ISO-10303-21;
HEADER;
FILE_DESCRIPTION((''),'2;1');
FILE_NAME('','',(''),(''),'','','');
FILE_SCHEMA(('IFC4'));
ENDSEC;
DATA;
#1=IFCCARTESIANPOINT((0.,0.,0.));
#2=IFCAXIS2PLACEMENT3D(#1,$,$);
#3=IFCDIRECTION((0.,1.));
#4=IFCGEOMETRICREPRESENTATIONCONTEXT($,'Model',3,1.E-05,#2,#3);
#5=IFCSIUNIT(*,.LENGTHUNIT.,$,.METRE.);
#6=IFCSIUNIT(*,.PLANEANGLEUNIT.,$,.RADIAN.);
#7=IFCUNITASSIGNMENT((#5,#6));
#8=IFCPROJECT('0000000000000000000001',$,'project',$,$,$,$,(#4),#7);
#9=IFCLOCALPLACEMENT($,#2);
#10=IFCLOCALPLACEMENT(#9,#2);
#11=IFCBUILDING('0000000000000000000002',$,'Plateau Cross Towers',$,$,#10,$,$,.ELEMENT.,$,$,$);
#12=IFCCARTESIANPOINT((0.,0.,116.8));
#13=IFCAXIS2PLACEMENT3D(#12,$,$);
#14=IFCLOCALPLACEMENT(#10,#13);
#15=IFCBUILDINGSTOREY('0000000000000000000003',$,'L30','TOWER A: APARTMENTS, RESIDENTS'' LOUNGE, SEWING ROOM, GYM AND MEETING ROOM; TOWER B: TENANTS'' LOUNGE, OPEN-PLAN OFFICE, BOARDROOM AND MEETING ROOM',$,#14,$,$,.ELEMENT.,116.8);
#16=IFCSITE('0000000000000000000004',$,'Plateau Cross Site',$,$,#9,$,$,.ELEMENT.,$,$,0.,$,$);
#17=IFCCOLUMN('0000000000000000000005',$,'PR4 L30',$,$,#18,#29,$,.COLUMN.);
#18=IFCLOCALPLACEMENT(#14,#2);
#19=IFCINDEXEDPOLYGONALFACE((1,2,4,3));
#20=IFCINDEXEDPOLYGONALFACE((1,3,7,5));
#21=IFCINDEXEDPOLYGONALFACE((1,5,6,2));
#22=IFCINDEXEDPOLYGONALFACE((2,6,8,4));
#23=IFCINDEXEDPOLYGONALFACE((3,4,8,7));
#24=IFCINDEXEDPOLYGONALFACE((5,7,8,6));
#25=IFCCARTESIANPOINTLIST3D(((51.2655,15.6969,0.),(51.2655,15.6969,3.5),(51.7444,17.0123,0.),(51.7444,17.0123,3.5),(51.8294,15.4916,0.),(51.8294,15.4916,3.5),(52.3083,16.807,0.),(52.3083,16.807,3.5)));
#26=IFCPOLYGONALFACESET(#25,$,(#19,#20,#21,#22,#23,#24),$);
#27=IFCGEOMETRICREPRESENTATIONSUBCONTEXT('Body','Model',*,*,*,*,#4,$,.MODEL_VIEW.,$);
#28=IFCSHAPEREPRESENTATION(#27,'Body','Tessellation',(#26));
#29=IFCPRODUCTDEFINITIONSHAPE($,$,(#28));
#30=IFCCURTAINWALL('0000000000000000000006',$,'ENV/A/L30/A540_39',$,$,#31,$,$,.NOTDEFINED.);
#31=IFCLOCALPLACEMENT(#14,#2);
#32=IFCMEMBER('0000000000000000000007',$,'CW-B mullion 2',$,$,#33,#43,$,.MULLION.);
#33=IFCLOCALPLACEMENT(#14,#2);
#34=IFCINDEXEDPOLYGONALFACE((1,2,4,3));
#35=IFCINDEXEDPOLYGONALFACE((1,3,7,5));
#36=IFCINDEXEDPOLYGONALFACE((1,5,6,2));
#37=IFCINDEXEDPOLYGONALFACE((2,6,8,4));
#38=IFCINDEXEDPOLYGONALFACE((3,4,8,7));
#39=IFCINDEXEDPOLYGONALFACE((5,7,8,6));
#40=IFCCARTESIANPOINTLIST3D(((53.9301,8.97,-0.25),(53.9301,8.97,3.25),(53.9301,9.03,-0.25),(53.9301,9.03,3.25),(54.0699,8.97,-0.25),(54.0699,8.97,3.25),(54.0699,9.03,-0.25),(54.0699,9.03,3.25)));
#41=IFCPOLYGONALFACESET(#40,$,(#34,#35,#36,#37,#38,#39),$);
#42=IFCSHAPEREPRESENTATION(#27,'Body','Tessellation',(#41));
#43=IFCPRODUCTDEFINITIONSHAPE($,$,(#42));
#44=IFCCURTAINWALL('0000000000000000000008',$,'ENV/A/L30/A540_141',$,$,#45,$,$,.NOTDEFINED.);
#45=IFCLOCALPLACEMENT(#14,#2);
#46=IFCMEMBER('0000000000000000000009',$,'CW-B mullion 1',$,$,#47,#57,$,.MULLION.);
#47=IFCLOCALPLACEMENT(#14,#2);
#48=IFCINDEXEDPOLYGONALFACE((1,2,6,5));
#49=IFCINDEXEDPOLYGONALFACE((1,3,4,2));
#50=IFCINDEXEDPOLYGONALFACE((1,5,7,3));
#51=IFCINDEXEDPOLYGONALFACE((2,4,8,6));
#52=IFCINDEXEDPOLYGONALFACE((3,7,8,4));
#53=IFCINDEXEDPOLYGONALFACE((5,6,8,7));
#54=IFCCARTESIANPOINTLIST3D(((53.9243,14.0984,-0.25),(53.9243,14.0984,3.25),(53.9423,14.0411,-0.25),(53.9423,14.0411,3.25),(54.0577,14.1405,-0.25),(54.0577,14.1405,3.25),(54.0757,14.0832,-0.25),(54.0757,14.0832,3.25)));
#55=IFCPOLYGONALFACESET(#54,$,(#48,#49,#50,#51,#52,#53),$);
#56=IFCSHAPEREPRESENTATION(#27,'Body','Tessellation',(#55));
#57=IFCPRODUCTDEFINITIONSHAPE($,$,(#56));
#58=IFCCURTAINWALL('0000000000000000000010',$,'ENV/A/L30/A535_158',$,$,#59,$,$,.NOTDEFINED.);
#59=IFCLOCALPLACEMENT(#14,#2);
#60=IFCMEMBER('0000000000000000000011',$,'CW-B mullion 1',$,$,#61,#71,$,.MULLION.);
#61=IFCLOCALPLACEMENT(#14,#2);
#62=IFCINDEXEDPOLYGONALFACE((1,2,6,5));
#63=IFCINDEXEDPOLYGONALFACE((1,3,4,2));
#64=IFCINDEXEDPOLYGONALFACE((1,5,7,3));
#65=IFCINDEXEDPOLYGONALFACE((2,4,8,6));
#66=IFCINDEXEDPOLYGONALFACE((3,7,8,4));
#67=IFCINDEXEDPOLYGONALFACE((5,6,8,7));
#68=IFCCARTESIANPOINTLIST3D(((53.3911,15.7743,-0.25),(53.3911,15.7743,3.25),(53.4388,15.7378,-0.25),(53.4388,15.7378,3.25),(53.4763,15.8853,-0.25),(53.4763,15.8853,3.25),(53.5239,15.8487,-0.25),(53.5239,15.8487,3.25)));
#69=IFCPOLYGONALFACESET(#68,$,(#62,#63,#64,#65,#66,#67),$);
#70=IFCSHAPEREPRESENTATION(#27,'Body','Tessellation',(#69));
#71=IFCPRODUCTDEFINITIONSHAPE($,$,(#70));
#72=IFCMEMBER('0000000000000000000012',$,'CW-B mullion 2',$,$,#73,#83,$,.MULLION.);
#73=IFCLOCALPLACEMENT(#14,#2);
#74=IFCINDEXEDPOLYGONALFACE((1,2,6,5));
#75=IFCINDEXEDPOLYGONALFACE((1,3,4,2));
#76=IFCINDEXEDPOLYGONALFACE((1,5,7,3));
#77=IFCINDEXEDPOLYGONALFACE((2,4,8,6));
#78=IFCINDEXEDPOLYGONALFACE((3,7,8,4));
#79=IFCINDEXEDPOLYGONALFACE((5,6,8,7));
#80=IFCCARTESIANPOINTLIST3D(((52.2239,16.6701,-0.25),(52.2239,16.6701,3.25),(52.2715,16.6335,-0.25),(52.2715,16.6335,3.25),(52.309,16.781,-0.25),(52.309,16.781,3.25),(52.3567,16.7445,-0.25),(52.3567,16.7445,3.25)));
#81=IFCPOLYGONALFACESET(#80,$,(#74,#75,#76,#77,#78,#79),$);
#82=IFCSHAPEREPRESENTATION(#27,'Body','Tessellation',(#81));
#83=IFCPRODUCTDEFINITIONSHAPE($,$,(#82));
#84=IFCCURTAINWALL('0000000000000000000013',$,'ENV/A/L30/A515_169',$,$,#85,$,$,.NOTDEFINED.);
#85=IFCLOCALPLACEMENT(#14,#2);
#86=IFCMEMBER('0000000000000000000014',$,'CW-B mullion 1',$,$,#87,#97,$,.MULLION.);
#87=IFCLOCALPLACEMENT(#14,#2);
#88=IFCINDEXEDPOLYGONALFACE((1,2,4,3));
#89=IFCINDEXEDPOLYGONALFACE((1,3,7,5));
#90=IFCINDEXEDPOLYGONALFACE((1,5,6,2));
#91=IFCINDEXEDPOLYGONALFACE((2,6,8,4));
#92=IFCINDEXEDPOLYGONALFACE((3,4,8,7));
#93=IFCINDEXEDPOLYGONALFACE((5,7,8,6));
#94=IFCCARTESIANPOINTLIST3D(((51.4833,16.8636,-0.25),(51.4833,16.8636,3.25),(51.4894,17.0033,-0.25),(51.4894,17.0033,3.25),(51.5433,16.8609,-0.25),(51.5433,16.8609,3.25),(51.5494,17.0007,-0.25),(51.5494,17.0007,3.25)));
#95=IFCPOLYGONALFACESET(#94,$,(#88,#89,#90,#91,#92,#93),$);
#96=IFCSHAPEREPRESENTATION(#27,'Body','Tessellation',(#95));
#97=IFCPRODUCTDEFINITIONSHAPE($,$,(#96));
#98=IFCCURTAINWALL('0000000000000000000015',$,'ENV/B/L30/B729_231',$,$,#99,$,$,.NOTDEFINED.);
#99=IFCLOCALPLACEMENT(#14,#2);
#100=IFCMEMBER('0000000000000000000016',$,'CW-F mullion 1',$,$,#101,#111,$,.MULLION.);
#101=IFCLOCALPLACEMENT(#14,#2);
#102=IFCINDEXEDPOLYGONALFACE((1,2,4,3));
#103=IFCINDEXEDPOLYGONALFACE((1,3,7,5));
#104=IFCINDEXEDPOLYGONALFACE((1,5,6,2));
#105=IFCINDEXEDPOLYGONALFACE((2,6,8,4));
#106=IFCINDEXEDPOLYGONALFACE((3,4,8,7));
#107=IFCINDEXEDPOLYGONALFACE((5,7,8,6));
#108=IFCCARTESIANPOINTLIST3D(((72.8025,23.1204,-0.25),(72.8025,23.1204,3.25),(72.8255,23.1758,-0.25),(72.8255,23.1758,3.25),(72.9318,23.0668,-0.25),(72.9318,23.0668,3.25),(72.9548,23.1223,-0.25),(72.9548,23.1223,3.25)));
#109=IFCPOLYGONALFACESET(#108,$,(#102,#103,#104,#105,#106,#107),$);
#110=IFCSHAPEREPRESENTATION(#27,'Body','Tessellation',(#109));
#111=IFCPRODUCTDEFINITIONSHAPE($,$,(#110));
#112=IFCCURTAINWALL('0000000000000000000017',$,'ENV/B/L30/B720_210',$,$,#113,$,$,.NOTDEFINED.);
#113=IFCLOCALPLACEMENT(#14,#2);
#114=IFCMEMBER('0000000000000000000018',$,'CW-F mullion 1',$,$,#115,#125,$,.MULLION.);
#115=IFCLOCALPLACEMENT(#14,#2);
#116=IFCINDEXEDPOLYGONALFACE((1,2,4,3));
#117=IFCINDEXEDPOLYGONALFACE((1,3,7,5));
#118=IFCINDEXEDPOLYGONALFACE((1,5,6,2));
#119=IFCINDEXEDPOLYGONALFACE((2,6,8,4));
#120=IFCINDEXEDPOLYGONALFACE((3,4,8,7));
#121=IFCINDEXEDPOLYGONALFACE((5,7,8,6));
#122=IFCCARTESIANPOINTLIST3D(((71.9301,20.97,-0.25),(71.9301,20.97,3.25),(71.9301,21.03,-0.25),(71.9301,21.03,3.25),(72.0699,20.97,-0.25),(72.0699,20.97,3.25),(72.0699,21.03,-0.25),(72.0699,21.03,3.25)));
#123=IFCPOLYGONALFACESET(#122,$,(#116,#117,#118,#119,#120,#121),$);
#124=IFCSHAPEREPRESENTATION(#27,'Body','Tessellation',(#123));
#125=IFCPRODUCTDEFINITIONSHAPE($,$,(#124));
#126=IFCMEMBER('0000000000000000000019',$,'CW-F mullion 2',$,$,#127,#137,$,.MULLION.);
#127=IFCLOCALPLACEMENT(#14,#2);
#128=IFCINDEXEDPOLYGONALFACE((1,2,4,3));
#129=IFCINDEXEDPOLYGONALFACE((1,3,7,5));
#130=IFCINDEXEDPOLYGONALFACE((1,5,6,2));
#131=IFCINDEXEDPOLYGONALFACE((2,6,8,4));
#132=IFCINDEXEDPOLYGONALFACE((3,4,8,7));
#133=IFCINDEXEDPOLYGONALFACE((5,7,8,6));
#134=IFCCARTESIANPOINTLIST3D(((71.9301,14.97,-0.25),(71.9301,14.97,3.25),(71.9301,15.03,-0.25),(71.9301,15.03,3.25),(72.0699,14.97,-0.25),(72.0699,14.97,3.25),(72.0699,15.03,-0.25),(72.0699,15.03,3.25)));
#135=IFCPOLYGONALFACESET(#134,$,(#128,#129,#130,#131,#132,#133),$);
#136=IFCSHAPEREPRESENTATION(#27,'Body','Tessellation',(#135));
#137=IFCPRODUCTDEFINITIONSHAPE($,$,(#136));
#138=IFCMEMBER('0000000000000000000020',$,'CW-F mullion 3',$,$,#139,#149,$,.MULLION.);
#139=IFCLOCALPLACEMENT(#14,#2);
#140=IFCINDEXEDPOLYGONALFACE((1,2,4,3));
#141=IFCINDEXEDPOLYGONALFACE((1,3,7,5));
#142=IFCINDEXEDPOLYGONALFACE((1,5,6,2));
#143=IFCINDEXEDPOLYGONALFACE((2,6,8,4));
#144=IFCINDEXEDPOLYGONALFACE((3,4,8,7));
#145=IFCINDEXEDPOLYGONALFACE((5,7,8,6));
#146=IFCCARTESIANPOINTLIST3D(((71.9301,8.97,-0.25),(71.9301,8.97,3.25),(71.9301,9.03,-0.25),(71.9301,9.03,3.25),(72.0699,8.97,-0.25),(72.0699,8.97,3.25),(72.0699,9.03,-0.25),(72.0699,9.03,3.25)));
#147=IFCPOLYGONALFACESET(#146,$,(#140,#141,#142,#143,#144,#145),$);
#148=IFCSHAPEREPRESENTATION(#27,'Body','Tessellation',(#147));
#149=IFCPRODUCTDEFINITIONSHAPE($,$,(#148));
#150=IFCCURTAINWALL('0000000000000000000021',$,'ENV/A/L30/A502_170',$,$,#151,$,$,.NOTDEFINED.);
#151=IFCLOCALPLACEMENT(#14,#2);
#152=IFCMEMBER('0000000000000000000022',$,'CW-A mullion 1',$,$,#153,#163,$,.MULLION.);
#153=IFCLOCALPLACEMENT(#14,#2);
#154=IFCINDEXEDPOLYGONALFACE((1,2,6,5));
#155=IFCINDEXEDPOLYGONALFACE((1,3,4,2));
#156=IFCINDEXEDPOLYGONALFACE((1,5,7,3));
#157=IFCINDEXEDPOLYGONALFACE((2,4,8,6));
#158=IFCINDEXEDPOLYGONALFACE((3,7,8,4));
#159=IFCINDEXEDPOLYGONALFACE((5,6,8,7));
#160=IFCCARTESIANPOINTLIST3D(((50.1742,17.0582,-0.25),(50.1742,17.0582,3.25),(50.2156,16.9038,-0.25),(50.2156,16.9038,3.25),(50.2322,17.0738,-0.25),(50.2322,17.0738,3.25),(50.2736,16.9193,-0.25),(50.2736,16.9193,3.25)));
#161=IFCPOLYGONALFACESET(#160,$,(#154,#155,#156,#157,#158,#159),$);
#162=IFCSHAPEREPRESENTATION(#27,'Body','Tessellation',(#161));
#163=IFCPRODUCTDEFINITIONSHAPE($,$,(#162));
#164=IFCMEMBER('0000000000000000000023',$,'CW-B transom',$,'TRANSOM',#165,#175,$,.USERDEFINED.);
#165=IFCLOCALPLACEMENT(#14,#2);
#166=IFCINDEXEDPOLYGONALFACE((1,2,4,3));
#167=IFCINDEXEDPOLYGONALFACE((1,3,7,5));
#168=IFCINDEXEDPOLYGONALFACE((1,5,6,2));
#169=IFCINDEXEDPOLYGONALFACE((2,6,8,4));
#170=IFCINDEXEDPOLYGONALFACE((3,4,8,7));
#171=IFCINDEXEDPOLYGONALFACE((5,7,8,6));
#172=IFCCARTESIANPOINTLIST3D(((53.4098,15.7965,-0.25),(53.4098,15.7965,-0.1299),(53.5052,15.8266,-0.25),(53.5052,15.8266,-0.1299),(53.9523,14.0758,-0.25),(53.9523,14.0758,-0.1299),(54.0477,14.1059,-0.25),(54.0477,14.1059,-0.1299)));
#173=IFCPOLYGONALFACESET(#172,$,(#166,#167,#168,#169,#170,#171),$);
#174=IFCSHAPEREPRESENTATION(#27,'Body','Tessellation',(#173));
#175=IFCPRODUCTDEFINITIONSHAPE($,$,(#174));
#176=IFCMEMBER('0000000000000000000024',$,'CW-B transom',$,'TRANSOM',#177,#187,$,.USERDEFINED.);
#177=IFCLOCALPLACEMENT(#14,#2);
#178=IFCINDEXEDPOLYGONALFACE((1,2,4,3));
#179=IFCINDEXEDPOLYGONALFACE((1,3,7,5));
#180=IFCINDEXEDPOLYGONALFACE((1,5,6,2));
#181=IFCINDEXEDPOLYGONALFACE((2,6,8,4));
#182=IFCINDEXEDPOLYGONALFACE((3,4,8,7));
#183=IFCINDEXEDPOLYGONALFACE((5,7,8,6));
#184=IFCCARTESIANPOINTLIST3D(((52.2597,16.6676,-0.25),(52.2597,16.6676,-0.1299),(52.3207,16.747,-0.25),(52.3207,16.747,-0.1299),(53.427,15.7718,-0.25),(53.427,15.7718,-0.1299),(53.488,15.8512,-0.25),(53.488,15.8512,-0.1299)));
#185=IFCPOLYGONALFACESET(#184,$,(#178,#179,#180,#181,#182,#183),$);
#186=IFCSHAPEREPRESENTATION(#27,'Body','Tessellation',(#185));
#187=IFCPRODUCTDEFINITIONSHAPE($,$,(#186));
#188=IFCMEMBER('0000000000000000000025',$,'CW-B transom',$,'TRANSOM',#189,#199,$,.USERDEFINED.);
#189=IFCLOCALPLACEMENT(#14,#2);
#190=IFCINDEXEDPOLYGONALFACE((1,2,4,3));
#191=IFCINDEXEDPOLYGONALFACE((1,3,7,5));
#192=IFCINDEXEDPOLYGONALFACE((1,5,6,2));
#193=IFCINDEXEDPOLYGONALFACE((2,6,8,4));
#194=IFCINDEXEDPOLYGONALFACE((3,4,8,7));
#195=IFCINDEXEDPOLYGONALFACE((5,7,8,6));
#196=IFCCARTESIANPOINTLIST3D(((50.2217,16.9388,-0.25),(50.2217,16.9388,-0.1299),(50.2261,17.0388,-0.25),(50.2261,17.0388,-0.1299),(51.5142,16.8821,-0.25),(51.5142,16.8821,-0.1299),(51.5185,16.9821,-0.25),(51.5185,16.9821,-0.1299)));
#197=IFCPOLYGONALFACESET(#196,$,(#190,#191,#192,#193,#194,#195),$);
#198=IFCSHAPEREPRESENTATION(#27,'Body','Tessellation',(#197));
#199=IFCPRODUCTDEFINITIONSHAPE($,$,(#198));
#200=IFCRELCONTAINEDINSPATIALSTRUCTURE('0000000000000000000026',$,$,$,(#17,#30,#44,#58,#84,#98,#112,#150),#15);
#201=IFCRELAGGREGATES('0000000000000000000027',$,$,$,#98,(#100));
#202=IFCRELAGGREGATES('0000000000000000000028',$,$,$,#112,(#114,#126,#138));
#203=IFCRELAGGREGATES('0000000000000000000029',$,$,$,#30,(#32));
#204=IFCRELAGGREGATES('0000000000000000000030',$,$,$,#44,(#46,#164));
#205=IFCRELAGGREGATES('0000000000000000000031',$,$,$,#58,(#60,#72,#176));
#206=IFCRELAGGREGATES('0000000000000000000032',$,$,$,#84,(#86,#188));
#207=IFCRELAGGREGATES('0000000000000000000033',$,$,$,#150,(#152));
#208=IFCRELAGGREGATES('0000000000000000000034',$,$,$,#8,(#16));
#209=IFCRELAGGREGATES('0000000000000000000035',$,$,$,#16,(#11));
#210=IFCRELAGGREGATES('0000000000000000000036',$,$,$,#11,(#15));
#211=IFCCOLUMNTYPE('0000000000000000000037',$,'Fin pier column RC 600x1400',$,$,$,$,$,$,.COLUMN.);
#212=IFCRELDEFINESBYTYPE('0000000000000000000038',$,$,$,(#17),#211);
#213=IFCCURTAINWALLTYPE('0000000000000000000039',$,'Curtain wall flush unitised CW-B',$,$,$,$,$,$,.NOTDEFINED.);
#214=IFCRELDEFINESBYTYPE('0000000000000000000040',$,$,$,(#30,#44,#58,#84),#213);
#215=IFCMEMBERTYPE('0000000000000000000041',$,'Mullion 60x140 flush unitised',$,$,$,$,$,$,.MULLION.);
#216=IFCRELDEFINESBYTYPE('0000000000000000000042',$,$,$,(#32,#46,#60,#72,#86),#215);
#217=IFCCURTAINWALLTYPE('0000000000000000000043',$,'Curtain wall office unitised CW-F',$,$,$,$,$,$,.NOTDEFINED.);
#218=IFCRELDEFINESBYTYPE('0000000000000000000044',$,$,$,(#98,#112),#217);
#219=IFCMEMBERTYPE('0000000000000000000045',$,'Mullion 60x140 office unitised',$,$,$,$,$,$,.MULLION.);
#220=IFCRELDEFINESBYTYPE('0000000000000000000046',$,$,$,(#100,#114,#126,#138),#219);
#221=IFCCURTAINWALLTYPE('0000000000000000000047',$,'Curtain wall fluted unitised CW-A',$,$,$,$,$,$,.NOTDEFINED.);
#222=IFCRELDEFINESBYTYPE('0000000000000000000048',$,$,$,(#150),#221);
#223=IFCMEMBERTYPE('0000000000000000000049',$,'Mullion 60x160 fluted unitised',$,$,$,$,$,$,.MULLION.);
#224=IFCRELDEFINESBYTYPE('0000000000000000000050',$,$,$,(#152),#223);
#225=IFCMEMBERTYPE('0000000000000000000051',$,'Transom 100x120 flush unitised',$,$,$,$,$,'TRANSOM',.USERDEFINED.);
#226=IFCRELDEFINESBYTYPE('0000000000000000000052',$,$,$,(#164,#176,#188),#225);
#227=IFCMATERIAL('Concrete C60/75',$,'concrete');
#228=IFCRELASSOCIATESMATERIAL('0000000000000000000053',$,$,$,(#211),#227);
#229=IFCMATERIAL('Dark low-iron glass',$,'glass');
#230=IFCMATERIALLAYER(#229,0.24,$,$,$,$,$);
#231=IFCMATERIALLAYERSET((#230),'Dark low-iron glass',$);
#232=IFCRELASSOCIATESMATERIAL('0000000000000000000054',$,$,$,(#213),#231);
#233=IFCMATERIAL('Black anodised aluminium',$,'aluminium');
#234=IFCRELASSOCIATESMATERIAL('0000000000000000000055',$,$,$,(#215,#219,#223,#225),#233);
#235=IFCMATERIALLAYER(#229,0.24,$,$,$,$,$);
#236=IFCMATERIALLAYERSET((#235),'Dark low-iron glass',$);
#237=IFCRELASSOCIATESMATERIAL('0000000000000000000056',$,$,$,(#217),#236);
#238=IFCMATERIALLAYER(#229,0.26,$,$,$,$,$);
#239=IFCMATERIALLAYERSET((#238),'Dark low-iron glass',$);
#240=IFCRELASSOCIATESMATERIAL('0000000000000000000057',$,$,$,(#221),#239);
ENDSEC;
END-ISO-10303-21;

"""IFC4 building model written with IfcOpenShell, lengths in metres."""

from ifc_helpers import new_model, si_unit, direction, frame, origin, origin_2d, place, context, subcontext, project, spatial, rectangle, extrude, material, layer, layer_set, material_profile, profile_set, type_object, element, aggregate, save


model = new_model("IFC4")

# Units and contexts
model_context = context("Model", 3, precision=1e-05, world=origin(), true_north=direction((0.0, 1.0)))
body_context = subcontext(model_context, "Body", "Model", "MODEL_VIEW")
ifc_project = project(units=[si_unit("LENGTHUNIT", "METRE"), si_unit("PLANEANGLEUNIT", "RADIAN")], contexts=[model_context])

# Site, building, storey
site_placement = place(None, origin())
site = spatial("IfcSite", under=ifc_project, at=site_placement, Name="Plateau Cross Site", CompositionType="ELEMENT", RefElevation=0.0)
building_placement = place(site_placement, origin())
building = spatial("IfcBuilding", under=site, at=building_placement, Name="Plateau Cross Towers", CompositionType="ELEMENT")
storey_placement = place(building_placement, frame((0.0, 0.0, 116.8)))
storey = spatial("IfcBuildingStorey", under=building, at=storey_placement, Name="L30", Description="TOWER A: APARTMENTS, RESIDENTS' LOUNGE, SEWING ROOM, GYM AND MEETING ROOM; TOWER B: TENANTS' LOUNGE, OPEN-PLAN OFFICE, BOARDROOM AND MEETING ROOM", CompositionType="ELEMENT", Elevation=116.8)

# Column
ifc_material_1 = material(Name="Concrete C60/75", Category="concrete")
ifc_material_profile_1 = material_profile(ifc_material_1, rectangle(XDim=0.6001, YDim=1.3999, at=origin_2d()), Name="RC 600x1400")
ifc_profile_set_1 = profile_set([ifc_material_profile_1], Name="Concrete C60/75")
column_type = type_object("IfcColumnType", Name="Fin pier column RC 600x1400", PredefinedType="COLUMN", material=ifc_profile_set_1)
column_placement = place(storey_placement, frame((51.7869, 16.252, 0.0), z_axis=(0.0, 0.0, 1.0), x_axis=(-0.939664, 0.342098, 0.0)))
element("IfcColumn", 1, at=column_placement, inside=storey, type_object=column_type, Name="PR4 L30", PredefinedType="COLUMN", context=body_context, shape_type="SweptSolid", body=[
    extrude(rectangle(XDim=0.6001, YDim=1.3999, at=origin_2d()), origin(), (0.0, 0.0, 1.0), 3.5),
])

# Curtain walls, members
ifc_material_2 = material(Name="Dark low-iron glass", Category="glass")
ifc_layer_1 = layer(ifc_material_2, 0.24)
ifc_layer_set_1 = layer_set([ifc_layer_1], Name="Dark low-iron glass")
curtain_wall_type_1 = type_object("IfcCurtainWallType", Name="Curtain wall flush unitised CW-B", PredefinedType="NOTDEFINED", material=ifc_layer_set_1)
curtain_wall_1_placement = place(storey_placement, origin())
curtain_wall_1 = element("IfcCurtainWall", 2, at=curtain_wall_1_placement, inside=storey, type_object=curtain_wall_type_1, Name="ENV/A/L30/A540_39", PredefinedType="NOTDEFINED")
ifc_material_3 = material(Name="Black anodised aluminium", Category="aluminium")
ifc_material_profile_2 = material_profile(ifc_material_3, rectangle(XDim=0.0601, YDim=0.1399, at=origin_2d()), Name="MULLION 60x140")
ifc_profile_set_2 = profile_set([ifc_material_profile_2], Name="Black anodised aluminium")
member_type_1 = type_object("IfcMemberType", Name="Mullion 60x140 flush unitised", PredefinedType="MULLION", material=ifc_profile_set_2)
member_1_placement = place(storey_placement, frame((54.0, 9.0, -0.25), z_axis=(0.0, 0.0, 1.0), x_axis=(0.0, 1.0, 0.0)))
member_1 = element("IfcMember", 3, at=member_1_placement, type_object=member_type_1, Name="CW-B mullion 2", PredefinedType="MULLION", context=body_context, shape_type="SweptSolid", body=[
    extrude(rectangle(XDim=0.0601, YDim=0.1399, at=origin_2d()), origin(), (0.0, 0.0, 1.0), 3.5),
])
curtain_wall_2_placement = place(storey_placement, origin())
curtain_wall_2 = element("IfcCurtainWall", 4, at=curtain_wall_2_placement, inside=storey, type_object=curtain_wall_type_1, Name="ENV/A/L30/A540_141", PredefinedType="NOTDEFINED")
member_2_placement = place(storey_placement, frame((54.0, 14.0908, -0.25), z_axis=(0.0, 0.0, 1.0), x_axis=(-0.300686, 0.953723, 0.0)))
member_2 = element("IfcMember", 5, at=member_2_placement, type_object=member_type_1, Name="CW-B mullion 1", PredefinedType="MULLION", context=body_context, shape_type="SweptSolid", body=[
    extrude(rectangle(XDim=0.0601, YDim=0.1399, at=origin_2d()), origin(), (0.0, 0.0, 1.0), 3.5),
])

# Curtain wall, members
curtain_wall_3_placement = place(storey_placement, origin())
curtain_wall_3 = element("IfcCurtainWall", 6, at=curtain_wall_3_placement, inside=storey, type_object=curtain_wall_type_1, Name="ENV/A/L30/A535_158", PredefinedType="NOTDEFINED")
member_3_placement = place(storey_placement, frame((53.4575, 15.8115, -0.25), z_axis=(0.0, 0.0, 1.0), x_axis=(-0.793316, 0.608811, 0.0)))
member_3 = element("IfcMember", 7, at=member_3_placement, type_object=member_type_1, Name="CW-B mullion 1", PredefinedType="MULLION", context=body_context, shape_type="SweptSolid", body=[
    extrude(rectangle(XDim=0.0601, YDim=0.1399, at=origin_2d()), origin(), (0.0, 0.0, 1.0), 3.5),
])
member_4_placement = place(storey_placement, frame((52.2903, 16.7073, -0.25), z_axis=(0.0, 0.0, 1.0), x_axis=(-0.793316, 0.608811, 0.0)))
member_4 = element("IfcMember", 8, at=member_4_placement, type_object=member_type_1, Name="CW-B mullion 2", PredefinedType="MULLION", context=body_context, shape_type="SweptSolid", body=[
    extrude(rectangle(XDim=0.0601, YDim=0.1399, at=origin_2d()), origin(), (0.0, 0.0, 1.0), 3.5),
])

# Curtain walls, members
curtain_wall_4_placement = place(storey_placement, origin())
curtain_wall_4 = element("IfcCurtainWall", 9, at=curtain_wall_4_placement, inside=storey, type_object=curtain_wall_type_1, Name="ENV/A/L30/A515_169", PredefinedType="NOTDEFINED")
member_5_placement = place(storey_placement, frame((51.5164, 16.9321, -0.25), z_axis=(0.0, 0.0, 1.0), x_axis=(-0.999044, 0.043723, 0.0)))
member_5 = element("IfcMember", 10, at=member_5_placement, type_object=member_type_1, Name="CW-B mullion 1", PredefinedType="MULLION", context=body_context, shape_type="SweptSolid", body=[
    extrude(rectangle(XDim=0.0601, YDim=0.1399, at=origin_2d()), origin(), (0.0, 0.0, 1.0), 3.5),
])
ifc_layer_2 = layer(ifc_material_2, 0.24)
ifc_layer_set_2 = layer_set([ifc_layer_2], Name="Dark low-iron glass")
curtain_wall_type_2 = type_object("IfcCurtainWallType", Name="Curtain wall office unitised CW-F", PredefinedType="NOTDEFINED", material=ifc_layer_set_2)
curtain_wall_5_placement = place(storey_placement, origin())
curtain_wall_5 = element("IfcCurtainWall", 11, at=curtain_wall_5_placement, inside=storey, type_object=curtain_wall_type_2, Name="ENV/B/L30/B729_231", PredefinedType="NOTDEFINED")
ifc_material_profile_3 = material_profile(ifc_material_3, rectangle(XDim=0.0601, YDim=0.1399, at=origin_2d()), Name="MULLION 60x140")
ifc_profile_set_3 = profile_set([ifc_material_profile_3], Name="Black anodised aluminium")
member_type_2 = type_object("IfcMemberType", Name="Mullion 60x140 office unitised", PredefinedType="MULLION", material=ifc_profile_set_3)
member_6_placement = place(storey_placement, frame((72.8787, 23.1213, -0.25), z_axis=(0.0, 0.0, 1.0), x_axis=(-0.382684, -0.923879, 0.0)))
member_6 = element("IfcMember", 12, at=member_6_placement, type_object=member_type_2, Name="CW-F mullion 1", PredefinedType="MULLION", context=body_context, shape_type="SweptSolid", body=[
    extrude(rectangle(XDim=0.0601, YDim=0.1399, at=origin_2d()), origin(), (0.0, 0.0, 1.0), 3.5),
])

# Curtain wall, members
curtain_wall_6_placement = place(storey_placement, origin())
curtain_wall_6 = element("IfcCurtainWall", 13, at=curtain_wall_6_placement, inside=storey, type_object=curtain_wall_type_2, Name="ENV/B/L30/B720_210", PredefinedType="NOTDEFINED")
member_7_placement = place(storey_placement, frame((72.0, 21.0, -0.25), z_axis=(0.0, 0.0, 1.0), x_axis=(0.0, -1.0, 0.0)))
member_7 = element("IfcMember", 14, at=member_7_placement, type_object=member_type_2, Name="CW-F mullion 1", PredefinedType="MULLION", context=body_context, shape_type="SweptSolid", body=[
    extrude(rectangle(XDim=0.0601, YDim=0.1399, at=origin_2d()), origin(), (0.0, 0.0, 1.0), 3.5),
])
member_8_placement = place(storey_placement, frame((72.0, 15.0, -0.25), z_axis=(0.0, 0.0, 1.0), x_axis=(0.0, -1.0, 0.0)))
member_8 = element("IfcMember", 15, at=member_8_placement, type_object=member_type_2, Name="CW-F mullion 2", PredefinedType="MULLION", context=body_context, shape_type="SweptSolid", body=[
    extrude(rectangle(XDim=0.0601, YDim=0.1399, at=origin_2d()), origin(), (0.0, 0.0, 1.0), 3.5),
])
member_9_placement = place(storey_placement, frame((72.0, 9.0, -0.25), z_axis=(0.0, 0.0, 1.0), x_axis=(0.0, -1.0, 0.0)))
member_9 = element("IfcMember", 16, at=member_9_placement, type_object=member_type_2, Name="CW-F mullion 3", PredefinedType="MULLION", context=body_context, shape_type="SweptSolid", body=[
    extrude(rectangle(XDim=0.0601, YDim=0.1399, at=origin_2d()), origin(), (0.0, 0.0, 1.0), 3.5),
])

# Curtain wall, member
ifc_layer_3 = layer(ifc_material_2, 0.26)
ifc_layer_set_3 = layer_set([ifc_layer_3], Name="Dark low-iron glass")
curtain_wall_type_3 = type_object("IfcCurtainWallType", Name="Curtain wall fluted unitised CW-A", PredefinedType="NOTDEFINED", material=ifc_layer_set_3)
curtain_wall_7_placement = place(storey_placement, origin())
curtain_wall_7 = element("IfcCurtainWall", 17, at=curtain_wall_7_placement, inside=storey, type_object=curtain_wall_type_3, Name="ENV/A/L30/A502_170", PredefinedType="NOTDEFINED")
ifc_material_profile_4 = material_profile(ifc_material_3, rectangle(XDim=0.0601, YDim=0.1599, at=origin_2d()), Name="MULLION 60x160")
ifc_profile_set_4 = profile_set([ifc_material_profile_4], Name="Black anodised aluminium")
member_type_3 = type_object("IfcMemberType", Name="Mullion 60x160 fluted unitised", PredefinedType="MULLION", material=ifc_profile_set_4)
member_10_placement = place(storey_placement, frame((50.2239, 16.9888, -0.25), z_axis=(0.0, 0.0, 1.0), x_axis=(-0.965958, -0.258699, 0.0)))
member_10 = element("IfcMember", 18, at=member_10_placement, type_object=member_type_3, Name="CW-A mullion 1", PredefinedType="MULLION", context=body_context, shape_type="SweptSolid", body=[
    extrude(rectangle(XDim=0.0601, YDim=0.1599, at=origin_2d()), origin(), (0.0, 0.0, 1.0), 3.5),
])

# Members
ifc_material_profile_5 = material_profile(ifc_material_3, rectangle(XDim=0.1001, YDim=0.1201, at=origin_2d()), Name="TRANSOM 100x120")
ifc_profile_set_5 = profile_set([ifc_material_profile_5], Name="Black anodised aluminium")
member_type_4 = type_object("IfcMemberType", Name="Transom 100x120 flush unitised", ElementType="TRANSOM", PredefinedType="USERDEFINED", material=ifc_profile_set_5)
member_11_placement = place(storey_placement, frame((54.0, 14.0908, -0.1899), z_axis=(-0.300678, 0.953726, 0.0), x_axis=(-0.953726, -0.300678, 0.0)))
member_11 = element("IfcMember", 19, at=member_11_placement, type_object=member_type_4, Name="CW-B transom", ObjectType="TRANSOM", PredefinedType="USERDEFINED", context=body_context, shape_type="SweptSolid", body=[
    extrude(rectangle(XDim=0.1001, YDim=0.1201, at=origin_2d()), origin(), (0.0, 0.0, 1.0), 1.8042),
])
member_12_placement = place(storey_placement, frame((53.4575, 15.8115, -0.1899), z_axis=(-0.793321, 0.608804, 0.0), x_axis=(-0.608804, -0.793321, 0.0)))
member_12 = element("IfcMember", 20, at=member_12_placement, type_object=member_type_4, Name="CW-B transom", ObjectType="TRANSOM", PredefinedType="USERDEFINED", context=body_context, shape_type="SweptSolid", body=[
    extrude(rectangle(XDim=0.1001, YDim=0.1201, at=origin_2d()), origin(), (0.0, 0.0, 1.0), 1.4714),
])
member_13_placement = place(storey_placement, frame((51.5164, 16.9321, -0.1899), z_axis=(-0.999041, 0.043781, 0.0), x_axis=(-0.043781, -0.999041, 0.0)))
member_13 = element("IfcMember", 21, at=member_13_placement, type_object=member_type_4, Name="CW-B transom", ObjectType="TRANSOM", PredefinedType="USERDEFINED", context=body_context, shape_type="SweptSolid", body=[
    extrude(rectangle(XDim=0.1001, YDim=0.1201, at=origin_2d()), origin(), (0.0, 0.0, 1.0), 1.2937),
])

aggregate(curtain_wall_5, [member_6])
aggregate(curtain_wall_6, [member_7, member_8, member_9])
aggregate(curtain_wall_1, [member_1])
aggregate(curtain_wall_2, [member_2, member_11])
aggregate(curtain_wall_3, [member_3, member_4, member_12])
aggregate(curtain_wall_4, [member_5, member_13])
aggregate(curtain_wall_7, [member_10])

save(model, "model.ifc")
